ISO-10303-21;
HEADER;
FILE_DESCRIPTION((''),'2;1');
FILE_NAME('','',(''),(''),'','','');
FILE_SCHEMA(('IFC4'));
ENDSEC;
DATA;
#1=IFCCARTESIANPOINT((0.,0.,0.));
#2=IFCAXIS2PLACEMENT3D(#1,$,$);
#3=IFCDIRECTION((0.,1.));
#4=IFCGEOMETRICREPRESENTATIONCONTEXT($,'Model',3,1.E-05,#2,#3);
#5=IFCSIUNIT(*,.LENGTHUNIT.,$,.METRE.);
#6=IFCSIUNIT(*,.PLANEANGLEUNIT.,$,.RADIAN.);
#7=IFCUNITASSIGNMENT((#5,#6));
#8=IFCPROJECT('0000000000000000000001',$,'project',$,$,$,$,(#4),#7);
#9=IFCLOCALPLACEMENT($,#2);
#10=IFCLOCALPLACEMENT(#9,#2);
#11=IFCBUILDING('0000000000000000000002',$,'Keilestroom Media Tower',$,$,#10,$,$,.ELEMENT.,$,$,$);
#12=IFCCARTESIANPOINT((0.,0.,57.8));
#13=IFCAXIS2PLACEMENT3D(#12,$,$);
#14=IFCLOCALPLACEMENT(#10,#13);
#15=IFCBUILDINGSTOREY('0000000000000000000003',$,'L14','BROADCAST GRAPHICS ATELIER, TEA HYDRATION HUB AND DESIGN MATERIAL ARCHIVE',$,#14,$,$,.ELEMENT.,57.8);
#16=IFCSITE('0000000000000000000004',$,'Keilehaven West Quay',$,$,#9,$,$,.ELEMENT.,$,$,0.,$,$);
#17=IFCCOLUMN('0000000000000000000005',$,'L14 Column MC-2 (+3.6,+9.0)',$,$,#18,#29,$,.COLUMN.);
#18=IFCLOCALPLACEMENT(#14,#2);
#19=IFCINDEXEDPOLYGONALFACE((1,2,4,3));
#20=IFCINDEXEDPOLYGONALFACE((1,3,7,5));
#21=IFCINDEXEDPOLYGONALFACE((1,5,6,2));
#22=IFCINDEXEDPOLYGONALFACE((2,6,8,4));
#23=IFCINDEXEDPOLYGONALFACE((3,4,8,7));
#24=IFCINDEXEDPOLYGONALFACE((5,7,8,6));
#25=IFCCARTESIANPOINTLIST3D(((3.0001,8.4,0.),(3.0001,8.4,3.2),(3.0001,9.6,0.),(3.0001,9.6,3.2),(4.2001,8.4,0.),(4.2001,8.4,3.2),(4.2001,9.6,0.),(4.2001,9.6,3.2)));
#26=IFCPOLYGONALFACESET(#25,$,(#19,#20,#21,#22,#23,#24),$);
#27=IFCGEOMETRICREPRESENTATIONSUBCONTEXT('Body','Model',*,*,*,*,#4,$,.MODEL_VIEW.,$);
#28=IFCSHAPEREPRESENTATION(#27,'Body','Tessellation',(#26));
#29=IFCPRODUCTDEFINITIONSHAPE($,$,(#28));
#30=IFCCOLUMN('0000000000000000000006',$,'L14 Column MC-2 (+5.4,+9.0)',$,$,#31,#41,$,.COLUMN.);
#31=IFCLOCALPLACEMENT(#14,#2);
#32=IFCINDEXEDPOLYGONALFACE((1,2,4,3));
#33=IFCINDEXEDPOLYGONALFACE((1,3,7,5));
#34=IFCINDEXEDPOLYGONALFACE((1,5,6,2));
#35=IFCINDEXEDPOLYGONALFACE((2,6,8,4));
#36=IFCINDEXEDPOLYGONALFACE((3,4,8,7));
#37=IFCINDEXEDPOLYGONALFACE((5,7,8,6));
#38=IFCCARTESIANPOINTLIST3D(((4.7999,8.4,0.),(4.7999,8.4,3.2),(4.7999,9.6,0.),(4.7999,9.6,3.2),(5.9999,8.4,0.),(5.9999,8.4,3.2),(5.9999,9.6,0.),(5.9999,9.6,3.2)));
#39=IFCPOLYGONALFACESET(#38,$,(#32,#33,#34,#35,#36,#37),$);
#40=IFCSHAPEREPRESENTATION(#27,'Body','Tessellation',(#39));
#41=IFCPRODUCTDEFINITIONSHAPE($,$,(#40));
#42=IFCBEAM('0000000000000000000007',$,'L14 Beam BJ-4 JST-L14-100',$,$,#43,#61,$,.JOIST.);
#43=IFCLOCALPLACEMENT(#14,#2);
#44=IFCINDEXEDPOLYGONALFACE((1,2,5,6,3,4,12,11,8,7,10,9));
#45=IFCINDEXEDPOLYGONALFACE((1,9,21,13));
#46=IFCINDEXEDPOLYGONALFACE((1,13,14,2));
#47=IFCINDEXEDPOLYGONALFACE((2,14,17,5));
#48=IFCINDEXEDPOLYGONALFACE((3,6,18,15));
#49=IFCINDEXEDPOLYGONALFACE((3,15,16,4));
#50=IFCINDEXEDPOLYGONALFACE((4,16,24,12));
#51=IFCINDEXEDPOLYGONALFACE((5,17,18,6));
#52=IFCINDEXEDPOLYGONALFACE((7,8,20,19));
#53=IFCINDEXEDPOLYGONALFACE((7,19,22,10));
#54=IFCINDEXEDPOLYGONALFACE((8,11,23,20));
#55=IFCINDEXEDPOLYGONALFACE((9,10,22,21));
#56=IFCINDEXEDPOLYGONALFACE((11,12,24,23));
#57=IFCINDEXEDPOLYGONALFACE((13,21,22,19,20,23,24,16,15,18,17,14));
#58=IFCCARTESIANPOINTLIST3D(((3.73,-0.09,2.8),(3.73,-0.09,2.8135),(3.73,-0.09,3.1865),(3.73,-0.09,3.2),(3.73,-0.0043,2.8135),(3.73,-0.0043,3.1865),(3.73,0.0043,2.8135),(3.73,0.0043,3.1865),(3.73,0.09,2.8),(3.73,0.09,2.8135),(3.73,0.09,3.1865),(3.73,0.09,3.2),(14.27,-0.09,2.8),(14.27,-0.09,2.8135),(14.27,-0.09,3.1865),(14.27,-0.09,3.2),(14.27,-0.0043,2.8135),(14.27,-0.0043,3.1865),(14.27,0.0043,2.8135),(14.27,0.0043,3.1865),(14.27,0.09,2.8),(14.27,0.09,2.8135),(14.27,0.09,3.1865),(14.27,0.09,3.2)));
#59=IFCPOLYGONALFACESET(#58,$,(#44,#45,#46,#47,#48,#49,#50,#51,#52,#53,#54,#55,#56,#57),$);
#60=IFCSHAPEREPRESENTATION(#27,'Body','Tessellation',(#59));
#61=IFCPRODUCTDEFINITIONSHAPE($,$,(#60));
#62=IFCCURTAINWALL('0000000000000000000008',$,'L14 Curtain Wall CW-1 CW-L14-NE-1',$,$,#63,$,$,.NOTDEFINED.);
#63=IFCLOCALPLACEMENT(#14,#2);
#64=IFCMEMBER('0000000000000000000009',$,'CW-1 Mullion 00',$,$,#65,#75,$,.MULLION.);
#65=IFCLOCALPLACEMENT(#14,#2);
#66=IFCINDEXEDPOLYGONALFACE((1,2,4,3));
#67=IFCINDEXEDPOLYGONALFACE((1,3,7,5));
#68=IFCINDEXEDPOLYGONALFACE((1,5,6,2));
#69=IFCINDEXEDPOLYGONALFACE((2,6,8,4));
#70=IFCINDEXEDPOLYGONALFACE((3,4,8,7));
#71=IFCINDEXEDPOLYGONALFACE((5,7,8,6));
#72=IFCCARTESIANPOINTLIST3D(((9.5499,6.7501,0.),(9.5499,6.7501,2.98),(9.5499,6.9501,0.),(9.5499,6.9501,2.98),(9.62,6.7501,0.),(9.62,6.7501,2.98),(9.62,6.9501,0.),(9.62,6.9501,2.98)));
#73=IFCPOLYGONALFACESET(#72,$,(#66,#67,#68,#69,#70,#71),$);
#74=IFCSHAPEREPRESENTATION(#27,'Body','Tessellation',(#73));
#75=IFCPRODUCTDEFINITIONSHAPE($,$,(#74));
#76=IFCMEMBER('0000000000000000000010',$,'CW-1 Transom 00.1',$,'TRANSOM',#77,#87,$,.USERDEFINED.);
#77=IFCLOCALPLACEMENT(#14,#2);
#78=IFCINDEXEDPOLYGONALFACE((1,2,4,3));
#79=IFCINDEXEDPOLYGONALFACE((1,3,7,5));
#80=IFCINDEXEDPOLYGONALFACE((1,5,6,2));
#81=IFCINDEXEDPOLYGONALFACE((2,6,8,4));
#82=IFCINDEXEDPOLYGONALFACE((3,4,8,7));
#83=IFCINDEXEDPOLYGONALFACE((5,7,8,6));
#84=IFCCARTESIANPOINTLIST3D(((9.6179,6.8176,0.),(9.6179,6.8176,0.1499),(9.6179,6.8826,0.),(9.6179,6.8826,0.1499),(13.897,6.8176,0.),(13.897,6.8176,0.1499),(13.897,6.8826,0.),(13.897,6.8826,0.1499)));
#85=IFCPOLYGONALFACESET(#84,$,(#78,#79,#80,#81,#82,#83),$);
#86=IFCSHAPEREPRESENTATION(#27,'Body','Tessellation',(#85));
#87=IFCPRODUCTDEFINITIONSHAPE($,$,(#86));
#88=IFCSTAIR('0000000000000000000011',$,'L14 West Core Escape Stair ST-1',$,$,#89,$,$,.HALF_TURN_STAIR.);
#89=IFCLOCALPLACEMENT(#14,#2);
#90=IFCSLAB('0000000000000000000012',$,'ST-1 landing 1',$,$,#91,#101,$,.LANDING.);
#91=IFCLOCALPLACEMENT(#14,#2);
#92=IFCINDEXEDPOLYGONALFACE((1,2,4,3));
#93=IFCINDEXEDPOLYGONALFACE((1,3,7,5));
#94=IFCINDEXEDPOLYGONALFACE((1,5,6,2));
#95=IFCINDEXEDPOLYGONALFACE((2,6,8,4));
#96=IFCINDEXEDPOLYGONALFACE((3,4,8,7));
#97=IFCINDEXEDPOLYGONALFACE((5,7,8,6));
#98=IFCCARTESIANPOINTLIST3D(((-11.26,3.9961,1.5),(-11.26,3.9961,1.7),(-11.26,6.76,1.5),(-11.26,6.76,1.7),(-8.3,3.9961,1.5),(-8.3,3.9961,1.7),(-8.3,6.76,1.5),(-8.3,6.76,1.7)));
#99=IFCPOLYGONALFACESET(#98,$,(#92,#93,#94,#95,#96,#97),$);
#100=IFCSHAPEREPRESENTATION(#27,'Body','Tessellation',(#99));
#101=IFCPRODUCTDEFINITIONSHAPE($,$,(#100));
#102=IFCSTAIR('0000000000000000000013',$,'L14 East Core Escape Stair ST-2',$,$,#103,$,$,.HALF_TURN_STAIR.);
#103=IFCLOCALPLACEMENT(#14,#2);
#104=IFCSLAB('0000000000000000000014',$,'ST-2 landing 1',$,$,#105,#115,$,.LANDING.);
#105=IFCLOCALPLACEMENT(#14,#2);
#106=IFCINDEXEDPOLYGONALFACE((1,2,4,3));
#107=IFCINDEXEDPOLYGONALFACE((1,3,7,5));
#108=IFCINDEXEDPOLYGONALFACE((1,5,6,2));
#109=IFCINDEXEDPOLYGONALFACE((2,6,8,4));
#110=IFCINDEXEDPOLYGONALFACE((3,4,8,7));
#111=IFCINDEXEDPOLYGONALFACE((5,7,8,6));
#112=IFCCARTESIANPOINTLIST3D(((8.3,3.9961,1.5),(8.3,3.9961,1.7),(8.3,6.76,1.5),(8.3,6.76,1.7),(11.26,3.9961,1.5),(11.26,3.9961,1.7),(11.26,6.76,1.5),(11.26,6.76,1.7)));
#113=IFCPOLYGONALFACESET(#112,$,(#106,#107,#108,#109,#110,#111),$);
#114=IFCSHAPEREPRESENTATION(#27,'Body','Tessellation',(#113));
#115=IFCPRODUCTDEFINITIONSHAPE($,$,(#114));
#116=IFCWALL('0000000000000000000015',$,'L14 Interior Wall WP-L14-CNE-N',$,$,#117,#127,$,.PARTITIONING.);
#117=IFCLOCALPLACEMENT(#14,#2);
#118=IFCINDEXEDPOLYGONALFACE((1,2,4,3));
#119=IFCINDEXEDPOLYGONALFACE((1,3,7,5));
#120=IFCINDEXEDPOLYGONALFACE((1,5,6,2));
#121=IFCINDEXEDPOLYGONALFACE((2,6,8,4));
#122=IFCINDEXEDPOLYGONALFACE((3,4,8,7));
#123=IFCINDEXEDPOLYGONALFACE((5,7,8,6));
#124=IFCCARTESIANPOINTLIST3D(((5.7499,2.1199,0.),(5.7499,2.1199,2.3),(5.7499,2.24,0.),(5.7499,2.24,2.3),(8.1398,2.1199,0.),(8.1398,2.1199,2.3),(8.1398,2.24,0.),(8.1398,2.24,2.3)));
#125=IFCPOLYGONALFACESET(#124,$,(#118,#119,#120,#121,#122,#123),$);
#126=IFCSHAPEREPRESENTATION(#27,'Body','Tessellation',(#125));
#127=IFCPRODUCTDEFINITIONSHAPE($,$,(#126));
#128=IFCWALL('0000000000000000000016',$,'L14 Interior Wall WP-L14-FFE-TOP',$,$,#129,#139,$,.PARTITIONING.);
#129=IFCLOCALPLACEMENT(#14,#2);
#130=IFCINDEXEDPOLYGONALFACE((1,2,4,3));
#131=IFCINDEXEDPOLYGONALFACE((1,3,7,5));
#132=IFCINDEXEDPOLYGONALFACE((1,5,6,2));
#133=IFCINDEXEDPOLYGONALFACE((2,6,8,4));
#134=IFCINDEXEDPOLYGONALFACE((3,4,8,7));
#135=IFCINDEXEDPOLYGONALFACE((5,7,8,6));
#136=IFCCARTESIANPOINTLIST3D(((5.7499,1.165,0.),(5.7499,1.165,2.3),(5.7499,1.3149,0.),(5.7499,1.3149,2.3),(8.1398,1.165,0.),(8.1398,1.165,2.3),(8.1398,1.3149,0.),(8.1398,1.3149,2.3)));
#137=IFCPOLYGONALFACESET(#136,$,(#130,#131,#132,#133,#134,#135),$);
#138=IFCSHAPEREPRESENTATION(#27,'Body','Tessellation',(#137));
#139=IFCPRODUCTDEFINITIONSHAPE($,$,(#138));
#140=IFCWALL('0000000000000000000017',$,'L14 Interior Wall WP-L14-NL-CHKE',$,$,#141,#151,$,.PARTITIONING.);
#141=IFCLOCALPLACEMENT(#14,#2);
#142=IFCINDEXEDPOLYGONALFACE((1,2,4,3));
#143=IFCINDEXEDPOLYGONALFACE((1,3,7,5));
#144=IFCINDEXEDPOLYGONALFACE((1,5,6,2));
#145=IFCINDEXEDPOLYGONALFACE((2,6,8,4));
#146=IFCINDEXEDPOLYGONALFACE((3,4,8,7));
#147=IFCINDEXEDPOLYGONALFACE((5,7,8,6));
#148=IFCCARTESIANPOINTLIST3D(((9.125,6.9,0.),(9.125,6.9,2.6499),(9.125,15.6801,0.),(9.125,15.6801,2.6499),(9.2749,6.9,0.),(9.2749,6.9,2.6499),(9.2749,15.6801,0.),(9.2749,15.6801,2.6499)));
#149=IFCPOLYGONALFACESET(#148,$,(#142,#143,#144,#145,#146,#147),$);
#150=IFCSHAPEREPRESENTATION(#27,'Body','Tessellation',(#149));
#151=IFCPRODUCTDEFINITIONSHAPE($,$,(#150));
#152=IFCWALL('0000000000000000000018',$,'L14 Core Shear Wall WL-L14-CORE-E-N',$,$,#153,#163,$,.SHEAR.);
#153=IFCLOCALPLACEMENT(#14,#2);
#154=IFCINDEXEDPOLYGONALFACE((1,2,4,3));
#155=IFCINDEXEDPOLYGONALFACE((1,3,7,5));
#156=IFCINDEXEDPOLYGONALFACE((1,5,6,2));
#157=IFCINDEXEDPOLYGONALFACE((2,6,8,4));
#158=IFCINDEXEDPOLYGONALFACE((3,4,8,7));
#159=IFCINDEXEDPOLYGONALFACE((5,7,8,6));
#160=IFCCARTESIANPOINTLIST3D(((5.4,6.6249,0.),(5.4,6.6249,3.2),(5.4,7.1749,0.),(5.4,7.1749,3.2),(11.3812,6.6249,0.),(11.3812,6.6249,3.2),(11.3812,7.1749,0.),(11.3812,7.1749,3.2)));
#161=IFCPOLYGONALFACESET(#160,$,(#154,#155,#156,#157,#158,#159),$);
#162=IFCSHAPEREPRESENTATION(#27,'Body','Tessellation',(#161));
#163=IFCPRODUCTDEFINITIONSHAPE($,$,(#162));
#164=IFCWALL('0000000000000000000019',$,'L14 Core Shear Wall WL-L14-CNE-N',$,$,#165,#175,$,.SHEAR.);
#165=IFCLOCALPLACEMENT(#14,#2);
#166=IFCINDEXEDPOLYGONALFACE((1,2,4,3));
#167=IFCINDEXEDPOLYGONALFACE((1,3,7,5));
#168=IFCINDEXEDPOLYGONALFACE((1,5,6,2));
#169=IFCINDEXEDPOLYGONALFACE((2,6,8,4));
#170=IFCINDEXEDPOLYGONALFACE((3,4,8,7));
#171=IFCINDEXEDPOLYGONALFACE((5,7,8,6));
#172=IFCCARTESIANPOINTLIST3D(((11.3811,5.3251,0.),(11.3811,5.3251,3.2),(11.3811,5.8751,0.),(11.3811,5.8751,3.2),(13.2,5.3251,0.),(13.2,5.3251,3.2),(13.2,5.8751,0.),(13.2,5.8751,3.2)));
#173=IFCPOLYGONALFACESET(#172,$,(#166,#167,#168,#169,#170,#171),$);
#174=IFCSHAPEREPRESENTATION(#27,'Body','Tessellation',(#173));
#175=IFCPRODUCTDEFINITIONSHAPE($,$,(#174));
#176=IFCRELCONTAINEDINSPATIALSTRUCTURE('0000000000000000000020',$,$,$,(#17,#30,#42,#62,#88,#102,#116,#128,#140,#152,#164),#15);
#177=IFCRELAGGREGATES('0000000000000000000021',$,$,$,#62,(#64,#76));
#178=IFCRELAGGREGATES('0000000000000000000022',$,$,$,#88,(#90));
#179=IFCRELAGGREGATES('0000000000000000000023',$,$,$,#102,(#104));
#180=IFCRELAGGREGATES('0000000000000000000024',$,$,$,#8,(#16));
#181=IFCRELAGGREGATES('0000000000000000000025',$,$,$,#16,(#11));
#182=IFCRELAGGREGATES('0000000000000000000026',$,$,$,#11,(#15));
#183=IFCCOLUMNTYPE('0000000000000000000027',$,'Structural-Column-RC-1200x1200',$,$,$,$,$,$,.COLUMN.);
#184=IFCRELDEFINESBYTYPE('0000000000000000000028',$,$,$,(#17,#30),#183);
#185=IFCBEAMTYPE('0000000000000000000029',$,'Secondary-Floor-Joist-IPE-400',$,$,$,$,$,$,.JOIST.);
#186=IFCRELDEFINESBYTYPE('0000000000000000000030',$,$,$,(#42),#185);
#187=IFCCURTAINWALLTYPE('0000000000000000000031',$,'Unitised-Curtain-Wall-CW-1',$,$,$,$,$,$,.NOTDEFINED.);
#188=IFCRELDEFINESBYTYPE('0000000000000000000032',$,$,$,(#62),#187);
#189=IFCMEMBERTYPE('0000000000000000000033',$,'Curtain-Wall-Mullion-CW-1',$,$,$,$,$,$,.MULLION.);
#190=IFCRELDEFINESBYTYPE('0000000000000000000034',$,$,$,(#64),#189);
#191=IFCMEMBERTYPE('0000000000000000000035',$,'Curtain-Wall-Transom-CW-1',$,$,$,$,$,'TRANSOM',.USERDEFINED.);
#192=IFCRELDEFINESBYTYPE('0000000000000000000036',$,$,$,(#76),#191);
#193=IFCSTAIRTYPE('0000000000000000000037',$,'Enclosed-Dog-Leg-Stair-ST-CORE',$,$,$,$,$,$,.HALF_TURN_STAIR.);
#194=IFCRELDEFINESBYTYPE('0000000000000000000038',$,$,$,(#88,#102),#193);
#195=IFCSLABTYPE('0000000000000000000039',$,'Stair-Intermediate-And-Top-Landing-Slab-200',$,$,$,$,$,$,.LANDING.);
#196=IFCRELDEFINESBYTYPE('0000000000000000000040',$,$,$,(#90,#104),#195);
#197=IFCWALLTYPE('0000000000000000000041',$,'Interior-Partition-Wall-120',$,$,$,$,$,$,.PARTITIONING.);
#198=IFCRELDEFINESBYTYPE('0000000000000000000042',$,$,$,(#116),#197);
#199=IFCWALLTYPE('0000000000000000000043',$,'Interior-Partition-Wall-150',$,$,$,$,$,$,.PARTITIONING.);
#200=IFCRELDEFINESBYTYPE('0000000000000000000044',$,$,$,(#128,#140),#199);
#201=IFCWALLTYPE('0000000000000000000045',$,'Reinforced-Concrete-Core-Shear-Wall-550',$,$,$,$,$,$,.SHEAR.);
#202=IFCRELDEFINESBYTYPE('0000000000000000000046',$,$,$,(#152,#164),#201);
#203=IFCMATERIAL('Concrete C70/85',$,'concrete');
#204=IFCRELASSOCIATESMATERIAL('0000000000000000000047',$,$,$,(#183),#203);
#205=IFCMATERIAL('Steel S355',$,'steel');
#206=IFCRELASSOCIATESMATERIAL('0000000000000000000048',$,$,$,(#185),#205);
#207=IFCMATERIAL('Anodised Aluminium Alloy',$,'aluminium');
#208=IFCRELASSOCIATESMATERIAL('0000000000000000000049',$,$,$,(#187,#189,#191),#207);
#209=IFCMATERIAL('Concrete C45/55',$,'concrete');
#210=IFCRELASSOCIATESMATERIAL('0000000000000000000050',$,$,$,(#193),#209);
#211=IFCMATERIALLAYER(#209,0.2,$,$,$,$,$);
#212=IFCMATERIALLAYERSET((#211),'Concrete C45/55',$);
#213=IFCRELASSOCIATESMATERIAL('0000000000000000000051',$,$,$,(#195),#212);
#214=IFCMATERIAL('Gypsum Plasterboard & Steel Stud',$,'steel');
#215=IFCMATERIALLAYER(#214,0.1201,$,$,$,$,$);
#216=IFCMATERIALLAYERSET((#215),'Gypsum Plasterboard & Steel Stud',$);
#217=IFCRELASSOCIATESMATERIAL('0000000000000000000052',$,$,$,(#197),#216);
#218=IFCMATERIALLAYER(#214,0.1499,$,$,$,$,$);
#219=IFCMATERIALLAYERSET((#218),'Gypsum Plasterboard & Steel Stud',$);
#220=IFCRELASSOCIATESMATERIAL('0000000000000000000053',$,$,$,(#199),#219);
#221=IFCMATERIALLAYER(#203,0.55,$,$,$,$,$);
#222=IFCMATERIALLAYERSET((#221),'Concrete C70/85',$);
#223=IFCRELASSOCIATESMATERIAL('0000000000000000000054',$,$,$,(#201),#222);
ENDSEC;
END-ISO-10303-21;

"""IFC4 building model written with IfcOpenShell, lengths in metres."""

from ifc_helpers import new_model, si_unit, direction, frame, frame_2d, origin, origin_2d, place, context, subcontext, project, spatial, polyline, rectangle, i_section, outline, extrude, source, transform, mapped, material, layer, layer_set, material_profile, profile_set, type_object, element, aggregate, save


model = new_model("IFC4")

# Units and contexts
model_context = context("Model", 3, precision=1e-05, world=origin(), true_north=direction((0.0, 1.0)))
body_context = subcontext(model_context, "Body", "Model", "MODEL_VIEW")
ifc_project = project(units=[si_unit("LENGTHUNIT", "METRE"), si_unit("PLANEANGLEUNIT", "RADIAN")], contexts=[model_context])

# Site, building, storey
site_placement = place(None, origin())
site = spatial("IfcSite", under=ifc_project, at=site_placement, Name="Keilehaven West Quay", CompositionType="ELEMENT", RefElevation=0.0)
building_placement = place(site_placement, origin())
building = spatial("IfcBuilding", under=site, at=building_placement, Name="Keilestroom Media Tower", CompositionType="ELEMENT")
storey_placement = place(building_placement, frame((0.0, 0.0, 57.8)))
storey = spatial("IfcBuildingStorey", under=building, at=storey_placement, Name="L14", Description="BROADCAST GRAPHICS ATELIER, TEA HYDRATION HUB AND DESIGN MATERIAL ARCHIVE", CompositionType="ELEMENT", Elevation=57.8)

# Columns
ifc_material_1 = material(Name="Concrete C70/85", Category="concrete")
ifc_material_profile_1 = material_profile(ifc_material_1, rectangle(XDim=1.2, YDim=1.2, at=origin_2d()), Name="RC 1200x1200")
ifc_profile_set_1 = profile_set([ifc_material_profile_1], Name="Concrete C70/85")
column_type = type_object("IfcColumnType", Name="Structural-Column-RC-1200x1200", PredefinedType="COLUMN", material=ifc_profile_set_1)
shared_shape_1 = source(origin(), body_context, "Body", "SweptSolid", [
    extrude(rectangle(XDim=1.2, YDim=1.2, at=origin_2d()), origin(), (0.0, 0.0, 1.0), 3.2),
])
for number, where, z_axis, x_axis, name in (
    (1, (3.6001, 9.0, 0.0), (0.0, 0.0, 1.0), (1.0, 0.0, 0.0), "L14 Column MC-2 (+3.6,+9.0)"),
    (2, (5.3999, 9.0, 0.0), (0.0, 0.0, 1.0), (1.0, 0.0, 0.0), "L14 Column MC-2 (+5.4,+9.0)"),
):
    element("IfcColumn", number, at=place(storey_placement, frame(where, z_axis=z_axis, x_axis=x_axis)), inside=storey, type_object=column_type, Name=name, PredefinedType="COLUMN", context=body_context, shape_type="MappedRepresentation", body=[
        mapped(shared_shape_1, transform((0.0, 0.0, 0.0), x_axis=(1.0, 0.0, 0.0), y_axis=(0.0, 1.0, 0.0), z_axis=(0.0, 0.0, 1.0), scale=1.0)),
    ])

# Beam
ifc_material_2 = material(Name="Steel S355", Category="steel")
ifc_material_profile_2 = material_profile(ifc_material_2, i_section(OverallWidth=0.1799, OverallDepth=0.3999, WebThickness=0.0085, FlangeThickness=0.0134, at=origin_2d()), Name="IPE 400")
ifc_profile_set_2 = profile_set([ifc_material_profile_2], Name="Steel S355")
beam_type = type_object("IfcBeamType", Name="Secondary-Floor-Joist-IPE-400", PredefinedType="JOIST", material=ifc_profile_set_2)
shared_shape_2 = source(origin(), body_context, "Body", "SweptSolid", [
    extrude(i_section(OverallWidth=0.1799, OverallDepth=0.3999, WebThickness=0.0085, FlangeThickness=0.0134, at=origin_2d()), origin(), (0.0, 0.0, 1.0), 10.54),
])
beam_placement = place(storey_placement, frame((3.73, 0.0, 3.0), z_axis=(1.0, 0.0, 0.0), x_axis=(0.0, 1.0, 0.0)))
element("IfcBeam", 3, at=beam_placement, inside=storey, type_object=beam_type, Name="L14 Beam BJ-4 JST-L14-100", PredefinedType="JOIST", context=body_context, shape_type="MappedRepresentation", body=[
    mapped(shared_shape_2, transform((0.0, 0.0, 0.0), x_axis=(1.0, 0.0, 0.0), y_axis=(0.0, 1.0, 0.0), z_axis=(0.0, 0.0, 1.0), scale=1.0)),
])

# Curtain wall, members
ifc_material_3 = material(Name="Anodised Aluminium Alloy", Category="aluminium")
curtain_wall_type = type_object("IfcCurtainWallType", Name="Unitised-Curtain-Wall-CW-1", PredefinedType="NOTDEFINED", material=ifc_material_3)
curtain_wall_placement = place(storey_placement, origin())
curtain_wall = element("IfcCurtainWall", 4, at=curtain_wall_placement, inside=storey, type_object=curtain_wall_type, Name="L14 Curtain Wall CW-1 CW-L14-NE-1", PredefinedType="NOTDEFINED")
ifc_material_profile_3 = material_profile(ifc_material_3, rectangle(XDim=0.0701, YDim=0.2, at=origin_2d()), Name="ALU MULLION 70x200")
ifc_profile_set_3 = profile_set([ifc_material_profile_3], Name="Anodised Aluminium Alloy")
member_type_1 = type_object("IfcMemberType", Name="Curtain-Wall-Mullion-CW-1", PredefinedType="MULLION", material=ifc_profile_set_3)
shared_shape_3 = source(origin(), body_context, "Body", "SweptSolid", [
    extrude(rectangle(XDim=0.0701, YDim=0.2, at=origin_2d()), origin(), (0.0, 0.0, 1.0), 2.98),
])
member_1_placement = place(storey_placement, frame((9.585, 6.8501, 0.0), z_axis=(0.0, 0.0, 1.0), x_axis=(1.0, 0.0, 0.0)))
member_1 = element("IfcMember", 5, at=member_1_placement, type_object=member_type_1, Name="CW-1 Mullion 00", PredefinedType="MULLION", context=body_context, shape_type="MappedRepresentation", body=[
    mapped(shared_shape_3, transform((0.0, 0.0, 0.0), x_axis=(1.0, 0.0, 0.0), y_axis=(0.0, 1.0, 0.0), z_axis=(0.0, 0.0, 1.0), scale=1.0)),
])
ifc_material_profile_4 = material_profile(ifc_material_3, rectangle(XDim=0.0649, YDim=0.1499, at=origin_2d()), Name="ALU TRANSOM 65x150")
ifc_profile_set_4 = profile_set([ifc_material_profile_4], Name="Anodised Aluminium Alloy")
member_type_2 = type_object("IfcMemberType", Name="Curtain-Wall-Transom-CW-1", ElementType="TRANSOM", PredefinedType="USERDEFINED", material=ifc_profile_set_4)
shared_shape_4 = source(origin(), body_context, "Body", "SweptSolid", [
    extrude(rectangle(XDim=0.0649, YDim=0.1499, at=origin_2d()), origin(), (0.0, 0.0, 1.0), 4.2791),
])
member_2_placement = place(storey_placement, frame((9.6179, 6.8501, 0.075), z_axis=(1.0, 0.0, 0.0), x_axis=(0.0, 1.0, 0.0)))
member_2 = element("IfcMember", 6, at=member_2_placement, type_object=member_type_2, Name="CW-1 Transom 00.1", ObjectType="TRANSOM", PredefinedType="USERDEFINED", context=body_context, shape_type="MappedRepresentation", body=[
    mapped(shared_shape_4, transform((0.0, 0.0, 0.0), x_axis=(1.0, 0.0, 0.0), y_axis=(0.0, 1.0, 0.0), z_axis=(0.0, 0.0, 1.0), scale=1.0)),
])
aggregate(curtain_wall, [member_1, member_2])

# Stairs, slabs
ifc_material_4 = material(Name="Concrete C45/55", Category="concrete")
stair_type = type_object("IfcStairType", Name="Enclosed-Dog-Leg-Stair-ST-CORE", PredefinedType="HALF_TURN_STAIR", material=ifc_material_4)
stair_1_placement = place(storey_placement, origin())
stair_1 = element("IfcStair", 7, at=stair_1_placement, inside=storey, type_object=stair_type, Name="L14 West Core Escape Stair ST-1", PredefinedType="HALF_TURN_STAIR")
ifc_layer_1 = layer(ifc_material_4, 0.2)
ifc_layer_set_1 = layer_set([ifc_layer_1], Name="Concrete C45/55")
slab_type = type_object("IfcSlabType", Name="Stair-Intermediate-And-Top-Landing-Slab-200", PredefinedType="LANDING", material=ifc_layer_set_1)
slab_1_placement = place(storey_placement, frame((0.0, 0.0, 1.5)))
slab_1 = element("IfcSlab", 8, at=slab_1_placement, type_object=slab_type, Name="ST-1 landing 1", PredefinedType="LANDING", context=body_context, shape_type="SweptSolid", body=[
    extrude(outline(polyline([(-8.3, 3.9961), (-8.3, 6.76), (-11.26, 6.76), (-11.26, 3.9961), (-8.3, 3.9961)])), origin(), (0.0, 0.0, 1.0), 0.2),
])
aggregate(stair_1, [slab_1])
stair_2_placement = place(storey_placement, origin())
stair_2 = element("IfcStair", 9, at=stair_2_placement, inside=storey, type_object=stair_type, Name="L14 East Core Escape Stair ST-2", PredefinedType="HALF_TURN_STAIR")
slab_2_placement = place(storey_placement, frame((0.0, 0.0, 1.5)))
slab_2 = element("IfcSlab", 10, at=slab_2_placement, type_object=slab_type, Name="ST-2 landing 1", PredefinedType="LANDING", context=body_context, shape_type="SweptSolid", body=[
    extrude(outline(polyline([(11.26, 3.9961), (11.26, 6.76), (8.3, 6.76), (8.3, 3.9961), (11.26, 3.9961)])), origin(), (0.0, 0.0, 1.0), 0.2),
])

# Walls
ifc_material_5 = material(Name="Gypsum Plasterboard & Steel Stud", Category="steel")
ifc_layer_2 = layer(ifc_material_5, 0.1201)
ifc_layer_set_2 = layer_set([ifc_layer_2], Name="Gypsum Plasterboard & Steel Stud")
wall_type_1 = type_object("IfcWallType", Name="Interior-Partition-Wall-120", PredefinedType="PARTITIONING", material=ifc_layer_set_2)
wall_1_placement = place(storey_placement, frame((5.75, 2.1799, 0.0), z_axis=(0.0, 0.0, 1.0), x_axis=(1.0, 0.0, 0.0)))
element("IfcWall", 11, at=wall_1_placement, inside=storey, type_object=wall_type_1, Name="L14 Interior Wall WP-L14-CNE-N", PredefinedType="PARTITIONING", context=body_context, shape_type="SweptSolid", body=[
    extrude(rectangle(XDim=2.3899, YDim=0.1201, at=frame_2d((1.1948, 0.0))), origin(), (0.0, 0.0, 1.0), 2.3),
])
ifc_layer_3 = layer(ifc_material_5, 0.1499)
ifc_layer_set_3 = layer_set([ifc_layer_3], Name="Gypsum Plasterboard & Steel Stud")
wall_type_2 = type_object("IfcWallType", Name="Interior-Partition-Wall-150", PredefinedType="PARTITIONING", material=ifc_layer_set_3)
wall_2_placement = place(storey_placement, frame((5.75, 1.24, 0.0), z_axis=(0.0, 0.0, 1.0), x_axis=(1.0, 0.0, 0.0)))
element("IfcWall", 12, at=wall_2_placement, inside=storey, type_object=wall_type_2, Name="L14 Interior Wall WP-L14-FFE-TOP", PredefinedType="PARTITIONING", context=body_context, shape_type="SweptSolid", body=[
    extrude(rectangle(XDim=2.3899, YDim=0.1499, at=frame_2d((1.1948, 0.0))), origin(), (0.0, 0.0, 1.0), 2.3),
])
wall_3_placement = place(storey_placement, frame((9.2, 6.8999, 0.0), z_axis=(0.0, 0.0, 1.0), x_axis=(0.0, 1.0, 0.0)))
element("IfcWall", 13, at=wall_3_placement, inside=storey, type_object=wall_type_2, Name="L14 Interior Wall WP-L14-NL-CHKE", PredefinedType="PARTITIONING", context=body_context, shape_type="SweptSolid", body=[
    extrude(rectangle(XDim=8.78, YDim=0.1499, at=frame_2d((4.3901, 0.0))), origin(), (0.0, 0.0, 1.0), 2.6499),
])
ifc_layer_4 = layer(ifc_material_1, 0.55)
ifc_layer_set_4 = layer_set([ifc_layer_4], Name="Concrete C70/85")
wall_type_3 = type_object("IfcWallType", Name="Reinforced-Concrete-Core-Shear-Wall-550", PredefinedType="SHEAR", material=ifc_layer_set_4)
wall_4_placement = place(storey_placement, frame((5.3999, 6.8999, 0.0), z_axis=(0.0, 0.0, 1.0), x_axis=(1.0, 0.0, 0.0)))
element("IfcWall", 14, at=wall_4_placement, inside=storey, type_object=wall_type_3, Name="L14 Core Shear Wall WL-L14-CORE-E-N", PredefinedType="SHEAR", context=body_context, shape_type="SweptSolid", body=[
    extrude(rectangle(XDim=5.9812, YDim=0.55, at=frame_2d((2.9907, 0.0))), origin(), (0.0, 0.0, 1.0), 3.2),
])
wall_5_placement = place(storey_placement, frame((11.3811, 5.6001, 0.0), z_axis=(0.0, 0.0, 1.0), x_axis=(1.0, 0.0, 0.0)))
element("IfcWall", 15, at=wall_5_placement, inside=storey, type_object=wall_type_3, Name="L14 Core Shear Wall WL-L14-CNE-N", PredefinedType="SHEAR", context=body_context, shape_type="SweptSolid", body=[
    extrude(rectangle(XDim=1.8188, YDim=0.55, at=frame_2d((0.9094, 0.0))), origin(), (0.0, 0.0, 1.0), 3.2),
])

aggregate(stair_2, [slab_2])

save(model, "model.ifc")
